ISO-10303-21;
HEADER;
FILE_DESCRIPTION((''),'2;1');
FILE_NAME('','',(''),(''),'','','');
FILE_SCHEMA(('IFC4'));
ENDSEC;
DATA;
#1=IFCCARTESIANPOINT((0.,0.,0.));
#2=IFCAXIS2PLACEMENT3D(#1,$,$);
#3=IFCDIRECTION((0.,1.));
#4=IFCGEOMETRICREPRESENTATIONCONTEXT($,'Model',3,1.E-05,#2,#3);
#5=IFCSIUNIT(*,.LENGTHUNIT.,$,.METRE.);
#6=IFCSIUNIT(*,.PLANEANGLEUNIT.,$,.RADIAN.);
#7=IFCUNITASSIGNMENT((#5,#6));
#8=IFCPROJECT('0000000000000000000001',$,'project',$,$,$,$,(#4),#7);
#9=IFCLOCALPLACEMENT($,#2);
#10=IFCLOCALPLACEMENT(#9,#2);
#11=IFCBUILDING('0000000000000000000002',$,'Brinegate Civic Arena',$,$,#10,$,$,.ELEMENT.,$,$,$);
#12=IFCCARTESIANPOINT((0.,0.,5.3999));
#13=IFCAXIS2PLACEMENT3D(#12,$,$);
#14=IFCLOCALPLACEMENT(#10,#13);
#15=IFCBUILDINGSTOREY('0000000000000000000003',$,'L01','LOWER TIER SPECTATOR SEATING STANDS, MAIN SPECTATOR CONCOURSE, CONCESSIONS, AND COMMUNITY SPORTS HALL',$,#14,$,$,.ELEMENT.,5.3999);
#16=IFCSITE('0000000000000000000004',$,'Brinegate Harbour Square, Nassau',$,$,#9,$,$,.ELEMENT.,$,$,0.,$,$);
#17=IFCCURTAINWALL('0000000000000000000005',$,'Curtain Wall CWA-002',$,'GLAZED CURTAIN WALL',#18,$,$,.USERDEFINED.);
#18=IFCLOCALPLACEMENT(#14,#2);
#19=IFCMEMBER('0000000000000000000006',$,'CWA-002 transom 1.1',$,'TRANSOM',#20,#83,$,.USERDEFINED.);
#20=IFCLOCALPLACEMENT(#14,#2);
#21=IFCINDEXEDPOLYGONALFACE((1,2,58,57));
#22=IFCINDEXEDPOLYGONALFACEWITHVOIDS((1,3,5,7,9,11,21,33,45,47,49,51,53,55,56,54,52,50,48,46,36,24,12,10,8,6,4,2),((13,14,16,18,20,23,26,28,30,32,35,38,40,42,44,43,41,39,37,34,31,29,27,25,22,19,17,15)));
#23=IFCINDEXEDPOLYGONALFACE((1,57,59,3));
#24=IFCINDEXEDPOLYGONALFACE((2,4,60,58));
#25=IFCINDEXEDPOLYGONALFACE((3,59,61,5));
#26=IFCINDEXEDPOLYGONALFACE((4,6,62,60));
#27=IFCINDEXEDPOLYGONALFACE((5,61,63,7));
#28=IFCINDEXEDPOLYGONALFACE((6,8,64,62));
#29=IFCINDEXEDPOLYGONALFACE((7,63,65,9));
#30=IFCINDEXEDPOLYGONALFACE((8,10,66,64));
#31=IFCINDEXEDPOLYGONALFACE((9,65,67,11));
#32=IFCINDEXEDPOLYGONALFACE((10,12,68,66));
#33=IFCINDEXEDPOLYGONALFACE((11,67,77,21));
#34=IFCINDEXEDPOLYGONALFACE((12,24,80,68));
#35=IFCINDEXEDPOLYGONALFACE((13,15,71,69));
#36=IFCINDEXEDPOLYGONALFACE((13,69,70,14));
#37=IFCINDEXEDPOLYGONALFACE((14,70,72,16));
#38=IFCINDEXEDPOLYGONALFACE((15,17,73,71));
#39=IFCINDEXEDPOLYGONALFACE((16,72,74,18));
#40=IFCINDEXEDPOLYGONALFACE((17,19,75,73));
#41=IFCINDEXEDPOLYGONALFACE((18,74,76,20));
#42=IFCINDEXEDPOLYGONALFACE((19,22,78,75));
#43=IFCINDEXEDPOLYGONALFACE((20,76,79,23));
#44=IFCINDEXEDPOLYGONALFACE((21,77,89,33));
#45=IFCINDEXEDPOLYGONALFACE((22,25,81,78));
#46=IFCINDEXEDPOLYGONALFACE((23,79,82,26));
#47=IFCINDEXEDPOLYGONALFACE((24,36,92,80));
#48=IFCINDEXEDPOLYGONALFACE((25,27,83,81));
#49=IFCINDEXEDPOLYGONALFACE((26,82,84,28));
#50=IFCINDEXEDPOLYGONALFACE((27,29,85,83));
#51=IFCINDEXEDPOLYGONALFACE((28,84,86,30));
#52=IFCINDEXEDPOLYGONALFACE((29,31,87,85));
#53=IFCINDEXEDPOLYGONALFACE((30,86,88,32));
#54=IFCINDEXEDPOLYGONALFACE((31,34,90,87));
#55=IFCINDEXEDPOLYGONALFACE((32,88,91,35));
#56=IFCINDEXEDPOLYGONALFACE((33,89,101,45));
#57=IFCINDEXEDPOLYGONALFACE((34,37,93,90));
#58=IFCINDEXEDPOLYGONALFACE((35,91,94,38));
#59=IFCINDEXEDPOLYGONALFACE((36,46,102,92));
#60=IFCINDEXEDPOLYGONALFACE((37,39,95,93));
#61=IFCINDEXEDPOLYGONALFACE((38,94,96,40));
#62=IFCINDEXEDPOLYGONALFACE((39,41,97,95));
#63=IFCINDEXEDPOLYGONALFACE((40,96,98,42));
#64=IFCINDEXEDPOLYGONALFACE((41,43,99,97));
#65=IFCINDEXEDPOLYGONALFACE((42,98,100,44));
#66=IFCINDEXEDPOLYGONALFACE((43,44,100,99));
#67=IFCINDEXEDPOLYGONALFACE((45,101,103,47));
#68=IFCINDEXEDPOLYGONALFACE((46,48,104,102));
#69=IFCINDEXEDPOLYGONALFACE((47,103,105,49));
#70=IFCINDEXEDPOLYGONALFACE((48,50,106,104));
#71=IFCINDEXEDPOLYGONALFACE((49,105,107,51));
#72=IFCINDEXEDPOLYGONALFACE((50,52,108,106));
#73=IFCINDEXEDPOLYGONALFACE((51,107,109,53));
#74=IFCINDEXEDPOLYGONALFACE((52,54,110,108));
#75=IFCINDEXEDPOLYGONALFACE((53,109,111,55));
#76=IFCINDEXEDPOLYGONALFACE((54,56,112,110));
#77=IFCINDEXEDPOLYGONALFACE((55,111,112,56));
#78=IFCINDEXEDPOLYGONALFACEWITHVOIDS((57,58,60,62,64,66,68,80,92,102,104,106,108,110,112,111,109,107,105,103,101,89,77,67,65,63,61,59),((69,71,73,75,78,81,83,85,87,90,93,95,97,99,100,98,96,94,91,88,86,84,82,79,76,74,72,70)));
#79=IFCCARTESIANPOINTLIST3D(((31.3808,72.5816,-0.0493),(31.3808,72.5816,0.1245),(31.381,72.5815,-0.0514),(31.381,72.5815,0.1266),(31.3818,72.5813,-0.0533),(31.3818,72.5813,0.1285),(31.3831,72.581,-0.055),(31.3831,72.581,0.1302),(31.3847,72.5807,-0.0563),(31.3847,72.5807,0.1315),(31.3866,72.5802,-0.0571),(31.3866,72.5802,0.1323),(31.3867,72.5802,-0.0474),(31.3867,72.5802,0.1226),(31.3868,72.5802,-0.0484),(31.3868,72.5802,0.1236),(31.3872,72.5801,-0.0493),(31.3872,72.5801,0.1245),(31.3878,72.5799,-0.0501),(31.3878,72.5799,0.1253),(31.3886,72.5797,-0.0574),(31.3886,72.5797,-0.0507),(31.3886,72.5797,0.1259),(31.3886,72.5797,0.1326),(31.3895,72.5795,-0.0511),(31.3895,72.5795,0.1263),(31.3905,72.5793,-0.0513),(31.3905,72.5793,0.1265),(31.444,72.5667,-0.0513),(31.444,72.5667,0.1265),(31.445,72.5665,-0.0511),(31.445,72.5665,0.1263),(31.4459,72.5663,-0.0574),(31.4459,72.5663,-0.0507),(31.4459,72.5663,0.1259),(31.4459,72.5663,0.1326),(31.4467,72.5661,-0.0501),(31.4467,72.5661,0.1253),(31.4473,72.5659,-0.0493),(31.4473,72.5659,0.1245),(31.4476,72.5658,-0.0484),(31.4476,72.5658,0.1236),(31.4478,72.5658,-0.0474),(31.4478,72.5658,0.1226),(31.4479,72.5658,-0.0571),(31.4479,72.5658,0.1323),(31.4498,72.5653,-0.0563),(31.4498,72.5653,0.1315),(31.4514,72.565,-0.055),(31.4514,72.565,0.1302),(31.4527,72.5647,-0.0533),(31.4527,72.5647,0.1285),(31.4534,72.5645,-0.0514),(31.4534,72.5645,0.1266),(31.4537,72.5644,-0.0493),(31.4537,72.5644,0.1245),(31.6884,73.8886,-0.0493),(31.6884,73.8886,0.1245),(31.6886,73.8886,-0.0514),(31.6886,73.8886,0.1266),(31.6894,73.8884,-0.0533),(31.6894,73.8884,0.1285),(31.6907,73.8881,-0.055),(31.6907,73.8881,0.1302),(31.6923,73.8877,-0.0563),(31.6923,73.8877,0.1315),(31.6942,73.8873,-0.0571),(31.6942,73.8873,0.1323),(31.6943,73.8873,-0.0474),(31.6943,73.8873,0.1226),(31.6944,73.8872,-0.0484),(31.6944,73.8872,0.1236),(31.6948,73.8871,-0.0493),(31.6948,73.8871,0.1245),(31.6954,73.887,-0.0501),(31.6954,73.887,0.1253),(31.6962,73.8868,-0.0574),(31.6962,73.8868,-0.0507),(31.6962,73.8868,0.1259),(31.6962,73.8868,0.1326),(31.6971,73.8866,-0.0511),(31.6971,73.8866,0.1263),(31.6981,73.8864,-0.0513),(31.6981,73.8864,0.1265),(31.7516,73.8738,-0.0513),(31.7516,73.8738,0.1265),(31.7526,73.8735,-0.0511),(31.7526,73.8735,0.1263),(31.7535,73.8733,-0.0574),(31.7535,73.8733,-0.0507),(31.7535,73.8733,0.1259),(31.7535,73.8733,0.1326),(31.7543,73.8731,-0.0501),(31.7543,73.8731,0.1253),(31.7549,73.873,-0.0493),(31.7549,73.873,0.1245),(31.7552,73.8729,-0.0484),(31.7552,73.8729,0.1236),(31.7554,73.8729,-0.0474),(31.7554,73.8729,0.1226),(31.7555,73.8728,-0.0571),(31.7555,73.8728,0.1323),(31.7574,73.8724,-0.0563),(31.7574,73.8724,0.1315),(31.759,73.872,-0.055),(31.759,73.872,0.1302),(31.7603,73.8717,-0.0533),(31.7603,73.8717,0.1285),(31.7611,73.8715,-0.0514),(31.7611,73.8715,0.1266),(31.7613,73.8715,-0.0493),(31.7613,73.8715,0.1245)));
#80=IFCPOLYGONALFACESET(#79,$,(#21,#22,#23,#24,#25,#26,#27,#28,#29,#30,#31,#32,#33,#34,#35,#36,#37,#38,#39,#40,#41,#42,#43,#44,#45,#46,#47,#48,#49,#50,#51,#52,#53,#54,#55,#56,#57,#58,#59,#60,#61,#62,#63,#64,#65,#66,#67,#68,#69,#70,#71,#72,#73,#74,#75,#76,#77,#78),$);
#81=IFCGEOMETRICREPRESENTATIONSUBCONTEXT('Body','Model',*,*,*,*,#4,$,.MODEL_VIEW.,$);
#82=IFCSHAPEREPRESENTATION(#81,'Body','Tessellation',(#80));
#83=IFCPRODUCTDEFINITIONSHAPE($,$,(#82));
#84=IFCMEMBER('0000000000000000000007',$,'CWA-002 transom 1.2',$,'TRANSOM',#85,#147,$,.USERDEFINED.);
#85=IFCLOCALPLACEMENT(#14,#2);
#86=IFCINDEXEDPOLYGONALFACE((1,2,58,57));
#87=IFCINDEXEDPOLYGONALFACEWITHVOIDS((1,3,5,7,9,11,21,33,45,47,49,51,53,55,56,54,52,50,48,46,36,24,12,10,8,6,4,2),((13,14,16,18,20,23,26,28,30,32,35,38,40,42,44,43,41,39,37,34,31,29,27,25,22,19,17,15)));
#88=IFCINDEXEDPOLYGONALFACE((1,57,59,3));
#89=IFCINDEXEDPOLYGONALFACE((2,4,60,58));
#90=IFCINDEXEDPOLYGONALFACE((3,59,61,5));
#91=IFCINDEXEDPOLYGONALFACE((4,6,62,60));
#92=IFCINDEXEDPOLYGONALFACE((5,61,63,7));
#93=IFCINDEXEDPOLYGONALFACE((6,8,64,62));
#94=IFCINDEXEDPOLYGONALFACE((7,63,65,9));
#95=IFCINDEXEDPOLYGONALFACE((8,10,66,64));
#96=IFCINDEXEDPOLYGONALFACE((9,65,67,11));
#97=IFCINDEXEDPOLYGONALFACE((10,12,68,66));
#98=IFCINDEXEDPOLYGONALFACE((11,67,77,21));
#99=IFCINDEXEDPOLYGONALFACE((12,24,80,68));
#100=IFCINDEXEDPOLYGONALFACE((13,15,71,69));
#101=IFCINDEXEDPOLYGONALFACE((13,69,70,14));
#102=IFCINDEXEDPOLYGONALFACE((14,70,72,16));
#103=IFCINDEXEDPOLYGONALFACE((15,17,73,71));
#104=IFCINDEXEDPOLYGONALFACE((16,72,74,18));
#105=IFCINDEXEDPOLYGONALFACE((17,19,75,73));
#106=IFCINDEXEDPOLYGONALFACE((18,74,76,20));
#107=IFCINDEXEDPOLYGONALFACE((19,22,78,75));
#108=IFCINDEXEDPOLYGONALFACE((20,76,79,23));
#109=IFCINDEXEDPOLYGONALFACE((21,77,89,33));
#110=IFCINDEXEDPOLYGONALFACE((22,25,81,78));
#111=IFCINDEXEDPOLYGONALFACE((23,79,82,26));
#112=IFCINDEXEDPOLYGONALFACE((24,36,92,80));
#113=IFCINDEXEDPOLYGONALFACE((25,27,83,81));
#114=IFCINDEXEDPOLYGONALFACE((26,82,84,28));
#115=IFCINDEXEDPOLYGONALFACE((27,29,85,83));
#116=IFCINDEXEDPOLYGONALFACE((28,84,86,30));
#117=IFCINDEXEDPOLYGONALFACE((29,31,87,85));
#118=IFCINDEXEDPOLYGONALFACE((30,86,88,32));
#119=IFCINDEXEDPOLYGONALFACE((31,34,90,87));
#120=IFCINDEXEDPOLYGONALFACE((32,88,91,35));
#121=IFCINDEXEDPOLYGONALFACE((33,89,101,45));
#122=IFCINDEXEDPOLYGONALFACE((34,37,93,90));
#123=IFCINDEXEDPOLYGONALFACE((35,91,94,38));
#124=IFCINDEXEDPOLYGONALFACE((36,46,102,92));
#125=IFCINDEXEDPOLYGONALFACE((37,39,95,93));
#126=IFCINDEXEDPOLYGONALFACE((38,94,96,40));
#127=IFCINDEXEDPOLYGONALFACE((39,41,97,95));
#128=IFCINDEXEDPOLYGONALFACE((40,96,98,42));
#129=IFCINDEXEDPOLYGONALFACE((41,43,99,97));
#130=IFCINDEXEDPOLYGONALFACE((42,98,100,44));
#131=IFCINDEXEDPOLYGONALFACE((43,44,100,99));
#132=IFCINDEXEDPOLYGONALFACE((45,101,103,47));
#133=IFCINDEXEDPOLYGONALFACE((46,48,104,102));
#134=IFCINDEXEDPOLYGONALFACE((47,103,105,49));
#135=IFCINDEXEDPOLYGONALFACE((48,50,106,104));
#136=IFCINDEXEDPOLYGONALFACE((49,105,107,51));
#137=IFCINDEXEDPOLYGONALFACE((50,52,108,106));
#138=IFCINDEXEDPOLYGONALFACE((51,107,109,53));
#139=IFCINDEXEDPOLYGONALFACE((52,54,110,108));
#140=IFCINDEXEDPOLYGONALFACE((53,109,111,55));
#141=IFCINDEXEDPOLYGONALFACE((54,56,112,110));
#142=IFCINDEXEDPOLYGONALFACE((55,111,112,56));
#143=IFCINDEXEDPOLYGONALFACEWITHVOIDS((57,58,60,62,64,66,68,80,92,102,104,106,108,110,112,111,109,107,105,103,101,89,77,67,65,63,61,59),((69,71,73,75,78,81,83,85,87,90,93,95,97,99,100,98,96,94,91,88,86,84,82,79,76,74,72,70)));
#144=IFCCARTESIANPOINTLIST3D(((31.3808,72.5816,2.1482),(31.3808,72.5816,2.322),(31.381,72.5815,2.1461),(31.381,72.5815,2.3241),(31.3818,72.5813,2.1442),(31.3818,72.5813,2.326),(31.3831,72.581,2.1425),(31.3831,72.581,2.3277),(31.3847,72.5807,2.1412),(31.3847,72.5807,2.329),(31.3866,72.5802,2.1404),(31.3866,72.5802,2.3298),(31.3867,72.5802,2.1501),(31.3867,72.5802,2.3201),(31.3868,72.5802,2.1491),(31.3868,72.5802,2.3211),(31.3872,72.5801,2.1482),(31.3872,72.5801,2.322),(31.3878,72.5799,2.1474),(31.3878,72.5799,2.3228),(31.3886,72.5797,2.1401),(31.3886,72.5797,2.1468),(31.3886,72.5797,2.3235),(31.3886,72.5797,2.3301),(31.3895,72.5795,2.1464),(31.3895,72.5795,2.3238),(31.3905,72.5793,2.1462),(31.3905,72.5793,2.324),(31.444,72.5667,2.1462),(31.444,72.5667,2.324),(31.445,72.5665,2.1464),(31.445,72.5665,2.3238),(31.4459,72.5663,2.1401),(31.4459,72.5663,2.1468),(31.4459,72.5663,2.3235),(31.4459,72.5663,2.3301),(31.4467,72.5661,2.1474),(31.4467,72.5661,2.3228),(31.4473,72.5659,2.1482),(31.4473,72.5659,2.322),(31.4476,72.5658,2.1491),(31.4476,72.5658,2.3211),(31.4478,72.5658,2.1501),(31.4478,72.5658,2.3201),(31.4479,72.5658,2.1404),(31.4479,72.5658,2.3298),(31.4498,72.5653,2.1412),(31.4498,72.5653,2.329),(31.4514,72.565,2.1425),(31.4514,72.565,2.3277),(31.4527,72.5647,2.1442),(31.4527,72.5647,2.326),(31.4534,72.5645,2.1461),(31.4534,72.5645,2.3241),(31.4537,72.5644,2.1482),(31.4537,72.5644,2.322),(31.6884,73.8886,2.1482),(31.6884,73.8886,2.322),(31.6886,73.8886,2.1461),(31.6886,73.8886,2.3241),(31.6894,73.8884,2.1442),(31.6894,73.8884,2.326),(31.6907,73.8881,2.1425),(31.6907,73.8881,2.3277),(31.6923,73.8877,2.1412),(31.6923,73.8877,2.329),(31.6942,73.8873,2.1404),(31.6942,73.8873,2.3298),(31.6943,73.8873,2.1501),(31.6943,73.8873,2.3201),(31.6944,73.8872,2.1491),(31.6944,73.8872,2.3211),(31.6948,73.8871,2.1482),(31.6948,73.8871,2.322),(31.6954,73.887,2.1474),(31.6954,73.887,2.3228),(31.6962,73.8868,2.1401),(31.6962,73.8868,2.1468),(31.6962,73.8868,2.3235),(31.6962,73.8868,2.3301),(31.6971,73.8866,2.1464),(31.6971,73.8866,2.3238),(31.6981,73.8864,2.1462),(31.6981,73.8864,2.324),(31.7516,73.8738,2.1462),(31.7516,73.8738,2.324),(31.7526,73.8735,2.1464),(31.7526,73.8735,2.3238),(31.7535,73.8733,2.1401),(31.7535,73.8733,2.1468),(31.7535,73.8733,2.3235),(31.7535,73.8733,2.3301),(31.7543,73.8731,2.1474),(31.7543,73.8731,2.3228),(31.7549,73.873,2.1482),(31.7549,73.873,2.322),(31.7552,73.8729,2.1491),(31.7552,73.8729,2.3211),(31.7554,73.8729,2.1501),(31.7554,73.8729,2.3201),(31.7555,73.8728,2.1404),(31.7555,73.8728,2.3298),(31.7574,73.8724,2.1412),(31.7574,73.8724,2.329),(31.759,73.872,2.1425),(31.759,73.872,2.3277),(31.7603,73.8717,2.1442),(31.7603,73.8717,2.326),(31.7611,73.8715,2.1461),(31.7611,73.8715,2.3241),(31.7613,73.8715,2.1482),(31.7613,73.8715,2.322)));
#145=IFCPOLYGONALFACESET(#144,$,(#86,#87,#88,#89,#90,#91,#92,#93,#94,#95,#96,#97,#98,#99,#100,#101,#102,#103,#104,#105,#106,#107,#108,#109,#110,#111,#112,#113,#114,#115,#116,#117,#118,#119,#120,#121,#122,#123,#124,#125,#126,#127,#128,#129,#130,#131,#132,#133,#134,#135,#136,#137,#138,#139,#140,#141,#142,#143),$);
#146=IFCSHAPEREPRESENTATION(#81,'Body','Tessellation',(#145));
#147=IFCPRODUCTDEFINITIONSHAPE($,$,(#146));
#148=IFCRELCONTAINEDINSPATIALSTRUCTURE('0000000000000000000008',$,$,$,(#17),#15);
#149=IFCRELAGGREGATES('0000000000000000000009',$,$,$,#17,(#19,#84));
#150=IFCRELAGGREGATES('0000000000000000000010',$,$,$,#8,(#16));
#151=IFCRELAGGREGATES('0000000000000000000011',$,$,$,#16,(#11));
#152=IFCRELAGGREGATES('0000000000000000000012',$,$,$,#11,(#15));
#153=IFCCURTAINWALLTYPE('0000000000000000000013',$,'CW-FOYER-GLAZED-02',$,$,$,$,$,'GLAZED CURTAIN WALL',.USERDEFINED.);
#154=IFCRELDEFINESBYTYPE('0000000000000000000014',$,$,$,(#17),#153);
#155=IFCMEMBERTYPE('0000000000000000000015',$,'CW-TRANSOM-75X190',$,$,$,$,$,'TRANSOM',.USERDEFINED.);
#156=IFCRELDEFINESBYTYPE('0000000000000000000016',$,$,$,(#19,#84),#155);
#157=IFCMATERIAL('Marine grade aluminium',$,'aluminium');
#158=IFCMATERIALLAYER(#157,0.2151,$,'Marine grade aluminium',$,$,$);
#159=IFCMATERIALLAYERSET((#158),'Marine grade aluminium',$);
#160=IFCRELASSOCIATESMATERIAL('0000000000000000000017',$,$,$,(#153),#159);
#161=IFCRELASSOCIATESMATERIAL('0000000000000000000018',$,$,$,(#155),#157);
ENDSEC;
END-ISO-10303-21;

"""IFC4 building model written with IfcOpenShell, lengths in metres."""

from ifc_helpers import new_model, si_unit, direction, frame, origin, origin_2d, place, context, subcontext, project, spatial, hollow_rectangle, extrude, material, layer, layer_set, material_profile, profile_set, type_object, element, aggregate, save


model = new_model("IFC4")

# Units and contexts
model_context = context("Model", 3, precision=1e-05, world=origin(), true_north=direction((0.0, 1.0)))
body_context = subcontext(model_context, "Body", "Model", "MODEL_VIEW")
ifc_project = project(units=[si_unit("LENGTHUNIT", "METRE"), si_unit("PLANEANGLEUNIT", "RADIAN")], contexts=[model_context])

# Site, building, storey
site_placement = place(None, origin())
site = spatial("IfcSite", under=ifc_project, at=site_placement, Name="Brinegate Harbour Square, Nassau", CompositionType="ELEMENT", RefElevation=0.0)
building_placement = place(site_placement, origin())
building = spatial("IfcBuilding", under=site, at=building_placement, Name="Brinegate Civic Arena", CompositionType="ELEMENT")
storey_placement = place(building_placement, frame((0.0, 0.0, 5.3999)))
storey = spatial("IfcBuildingStorey", under=building, at=storey_placement, Name="L01", Description="LOWER TIER SPECTATOR SEATING STANDS, MAIN SPECTATOR CONCOURSE, CONCESSIONS, AND COMMUNITY SPORTS HALL", CompositionType="ELEMENT", Elevation=5.3999)

# Curtain wall, members
ifc_material_1 = material(Name="Marine grade aluminium", Category="aluminium")
ifc_layer_1 = layer(ifc_material_1, 0.2151, Name="Marine grade aluminium")
ifc_layer_set_1 = layer_set([ifc_layer_1], Name="Marine grade aluminium")
curtain_wall_type = type_object("IfcCurtainWallType", Name="CW-FOYER-GLAZED-02", ElementType="GLAZED CURTAIN WALL", PredefinedType="USERDEFINED", material=ifc_layer_set_1)
curtain_wall_placement = place(storey_placement, origin())
curtain_wall = element("IfcCurtainWall", 1, at=curtain_wall_placement, inside=storey, type_object=curtain_wall_type, Name="Curtain Wall CWA-002", ObjectType="GLAZED CURTAIN WALL", PredefinedType="USERDEFINED")
ifc_material_profile_1 = material_profile(ifc_material_1, hollow_rectangle(XDim=0.075, YDim=0.1899, WallThickness=0.0061, InnerFilletRadius=0.0039, OuterFilletRadius=0.0081, at=origin_2d()), Name="TRN75X190")
ifc_profile_set_1 = profile_set([ifc_material_profile_1], Name="Marine grade aluminium")
member_type_1 = type_object("IfcMemberType", Name="CW-TRANSOM-75X190", ElementType="TRANSOM", PredefinedType="USERDEFINED", material=ifc_profile_set_1)
member_1_placement = place(storey_placement, frame((31.4172, 72.573, 0.0376), z_axis=(0.22908, 0.973408, 0.0), x_axis=(-0.973408, 0.22908, 0.0)))
member_1 = element("IfcMember", 2, at=member_1_placement, type_object=member_type_1, Name="CWA-002 transom 1.1", ObjectType="TRANSOM", PredefinedType="USERDEFINED", context=body_context, shape_type="SweptSolid", body=[
    extrude(hollow_rectangle(XDim=0.075, YDim=0.1899, WallThickness=0.0061, InnerFilletRadius=0.0039, OuterFilletRadius=0.0081, at=origin_2d()), origin(), (0.0, 0.0, 1.0), 1.3428),
])
member_2_placement = place(storey_placement, frame((31.4172, 72.573, 2.2351), z_axis=(0.22908, 0.973408, 0.0), x_axis=(-0.973408, 0.22908, 0.0)))
member_2 = element("IfcMember", 3, at=member_2_placement, type_object=member_type_1, Name="CWA-002 transom 1.2", ObjectType="TRANSOM", PredefinedType="USERDEFINED", context=body_context, shape_type="SweptSolid", body=[
    extrude(hollow_rectangle(XDim=0.075, YDim=0.1899, WallThickness=0.0061, InnerFilletRadius=0.0039, OuterFilletRadius=0.0081, at=origin_2d()), origin(), (0.0, 0.0, 1.0), 1.3428),
])
aggregate(curtain_wall, [member_1, member_2])

save(model, "model.ifc")
